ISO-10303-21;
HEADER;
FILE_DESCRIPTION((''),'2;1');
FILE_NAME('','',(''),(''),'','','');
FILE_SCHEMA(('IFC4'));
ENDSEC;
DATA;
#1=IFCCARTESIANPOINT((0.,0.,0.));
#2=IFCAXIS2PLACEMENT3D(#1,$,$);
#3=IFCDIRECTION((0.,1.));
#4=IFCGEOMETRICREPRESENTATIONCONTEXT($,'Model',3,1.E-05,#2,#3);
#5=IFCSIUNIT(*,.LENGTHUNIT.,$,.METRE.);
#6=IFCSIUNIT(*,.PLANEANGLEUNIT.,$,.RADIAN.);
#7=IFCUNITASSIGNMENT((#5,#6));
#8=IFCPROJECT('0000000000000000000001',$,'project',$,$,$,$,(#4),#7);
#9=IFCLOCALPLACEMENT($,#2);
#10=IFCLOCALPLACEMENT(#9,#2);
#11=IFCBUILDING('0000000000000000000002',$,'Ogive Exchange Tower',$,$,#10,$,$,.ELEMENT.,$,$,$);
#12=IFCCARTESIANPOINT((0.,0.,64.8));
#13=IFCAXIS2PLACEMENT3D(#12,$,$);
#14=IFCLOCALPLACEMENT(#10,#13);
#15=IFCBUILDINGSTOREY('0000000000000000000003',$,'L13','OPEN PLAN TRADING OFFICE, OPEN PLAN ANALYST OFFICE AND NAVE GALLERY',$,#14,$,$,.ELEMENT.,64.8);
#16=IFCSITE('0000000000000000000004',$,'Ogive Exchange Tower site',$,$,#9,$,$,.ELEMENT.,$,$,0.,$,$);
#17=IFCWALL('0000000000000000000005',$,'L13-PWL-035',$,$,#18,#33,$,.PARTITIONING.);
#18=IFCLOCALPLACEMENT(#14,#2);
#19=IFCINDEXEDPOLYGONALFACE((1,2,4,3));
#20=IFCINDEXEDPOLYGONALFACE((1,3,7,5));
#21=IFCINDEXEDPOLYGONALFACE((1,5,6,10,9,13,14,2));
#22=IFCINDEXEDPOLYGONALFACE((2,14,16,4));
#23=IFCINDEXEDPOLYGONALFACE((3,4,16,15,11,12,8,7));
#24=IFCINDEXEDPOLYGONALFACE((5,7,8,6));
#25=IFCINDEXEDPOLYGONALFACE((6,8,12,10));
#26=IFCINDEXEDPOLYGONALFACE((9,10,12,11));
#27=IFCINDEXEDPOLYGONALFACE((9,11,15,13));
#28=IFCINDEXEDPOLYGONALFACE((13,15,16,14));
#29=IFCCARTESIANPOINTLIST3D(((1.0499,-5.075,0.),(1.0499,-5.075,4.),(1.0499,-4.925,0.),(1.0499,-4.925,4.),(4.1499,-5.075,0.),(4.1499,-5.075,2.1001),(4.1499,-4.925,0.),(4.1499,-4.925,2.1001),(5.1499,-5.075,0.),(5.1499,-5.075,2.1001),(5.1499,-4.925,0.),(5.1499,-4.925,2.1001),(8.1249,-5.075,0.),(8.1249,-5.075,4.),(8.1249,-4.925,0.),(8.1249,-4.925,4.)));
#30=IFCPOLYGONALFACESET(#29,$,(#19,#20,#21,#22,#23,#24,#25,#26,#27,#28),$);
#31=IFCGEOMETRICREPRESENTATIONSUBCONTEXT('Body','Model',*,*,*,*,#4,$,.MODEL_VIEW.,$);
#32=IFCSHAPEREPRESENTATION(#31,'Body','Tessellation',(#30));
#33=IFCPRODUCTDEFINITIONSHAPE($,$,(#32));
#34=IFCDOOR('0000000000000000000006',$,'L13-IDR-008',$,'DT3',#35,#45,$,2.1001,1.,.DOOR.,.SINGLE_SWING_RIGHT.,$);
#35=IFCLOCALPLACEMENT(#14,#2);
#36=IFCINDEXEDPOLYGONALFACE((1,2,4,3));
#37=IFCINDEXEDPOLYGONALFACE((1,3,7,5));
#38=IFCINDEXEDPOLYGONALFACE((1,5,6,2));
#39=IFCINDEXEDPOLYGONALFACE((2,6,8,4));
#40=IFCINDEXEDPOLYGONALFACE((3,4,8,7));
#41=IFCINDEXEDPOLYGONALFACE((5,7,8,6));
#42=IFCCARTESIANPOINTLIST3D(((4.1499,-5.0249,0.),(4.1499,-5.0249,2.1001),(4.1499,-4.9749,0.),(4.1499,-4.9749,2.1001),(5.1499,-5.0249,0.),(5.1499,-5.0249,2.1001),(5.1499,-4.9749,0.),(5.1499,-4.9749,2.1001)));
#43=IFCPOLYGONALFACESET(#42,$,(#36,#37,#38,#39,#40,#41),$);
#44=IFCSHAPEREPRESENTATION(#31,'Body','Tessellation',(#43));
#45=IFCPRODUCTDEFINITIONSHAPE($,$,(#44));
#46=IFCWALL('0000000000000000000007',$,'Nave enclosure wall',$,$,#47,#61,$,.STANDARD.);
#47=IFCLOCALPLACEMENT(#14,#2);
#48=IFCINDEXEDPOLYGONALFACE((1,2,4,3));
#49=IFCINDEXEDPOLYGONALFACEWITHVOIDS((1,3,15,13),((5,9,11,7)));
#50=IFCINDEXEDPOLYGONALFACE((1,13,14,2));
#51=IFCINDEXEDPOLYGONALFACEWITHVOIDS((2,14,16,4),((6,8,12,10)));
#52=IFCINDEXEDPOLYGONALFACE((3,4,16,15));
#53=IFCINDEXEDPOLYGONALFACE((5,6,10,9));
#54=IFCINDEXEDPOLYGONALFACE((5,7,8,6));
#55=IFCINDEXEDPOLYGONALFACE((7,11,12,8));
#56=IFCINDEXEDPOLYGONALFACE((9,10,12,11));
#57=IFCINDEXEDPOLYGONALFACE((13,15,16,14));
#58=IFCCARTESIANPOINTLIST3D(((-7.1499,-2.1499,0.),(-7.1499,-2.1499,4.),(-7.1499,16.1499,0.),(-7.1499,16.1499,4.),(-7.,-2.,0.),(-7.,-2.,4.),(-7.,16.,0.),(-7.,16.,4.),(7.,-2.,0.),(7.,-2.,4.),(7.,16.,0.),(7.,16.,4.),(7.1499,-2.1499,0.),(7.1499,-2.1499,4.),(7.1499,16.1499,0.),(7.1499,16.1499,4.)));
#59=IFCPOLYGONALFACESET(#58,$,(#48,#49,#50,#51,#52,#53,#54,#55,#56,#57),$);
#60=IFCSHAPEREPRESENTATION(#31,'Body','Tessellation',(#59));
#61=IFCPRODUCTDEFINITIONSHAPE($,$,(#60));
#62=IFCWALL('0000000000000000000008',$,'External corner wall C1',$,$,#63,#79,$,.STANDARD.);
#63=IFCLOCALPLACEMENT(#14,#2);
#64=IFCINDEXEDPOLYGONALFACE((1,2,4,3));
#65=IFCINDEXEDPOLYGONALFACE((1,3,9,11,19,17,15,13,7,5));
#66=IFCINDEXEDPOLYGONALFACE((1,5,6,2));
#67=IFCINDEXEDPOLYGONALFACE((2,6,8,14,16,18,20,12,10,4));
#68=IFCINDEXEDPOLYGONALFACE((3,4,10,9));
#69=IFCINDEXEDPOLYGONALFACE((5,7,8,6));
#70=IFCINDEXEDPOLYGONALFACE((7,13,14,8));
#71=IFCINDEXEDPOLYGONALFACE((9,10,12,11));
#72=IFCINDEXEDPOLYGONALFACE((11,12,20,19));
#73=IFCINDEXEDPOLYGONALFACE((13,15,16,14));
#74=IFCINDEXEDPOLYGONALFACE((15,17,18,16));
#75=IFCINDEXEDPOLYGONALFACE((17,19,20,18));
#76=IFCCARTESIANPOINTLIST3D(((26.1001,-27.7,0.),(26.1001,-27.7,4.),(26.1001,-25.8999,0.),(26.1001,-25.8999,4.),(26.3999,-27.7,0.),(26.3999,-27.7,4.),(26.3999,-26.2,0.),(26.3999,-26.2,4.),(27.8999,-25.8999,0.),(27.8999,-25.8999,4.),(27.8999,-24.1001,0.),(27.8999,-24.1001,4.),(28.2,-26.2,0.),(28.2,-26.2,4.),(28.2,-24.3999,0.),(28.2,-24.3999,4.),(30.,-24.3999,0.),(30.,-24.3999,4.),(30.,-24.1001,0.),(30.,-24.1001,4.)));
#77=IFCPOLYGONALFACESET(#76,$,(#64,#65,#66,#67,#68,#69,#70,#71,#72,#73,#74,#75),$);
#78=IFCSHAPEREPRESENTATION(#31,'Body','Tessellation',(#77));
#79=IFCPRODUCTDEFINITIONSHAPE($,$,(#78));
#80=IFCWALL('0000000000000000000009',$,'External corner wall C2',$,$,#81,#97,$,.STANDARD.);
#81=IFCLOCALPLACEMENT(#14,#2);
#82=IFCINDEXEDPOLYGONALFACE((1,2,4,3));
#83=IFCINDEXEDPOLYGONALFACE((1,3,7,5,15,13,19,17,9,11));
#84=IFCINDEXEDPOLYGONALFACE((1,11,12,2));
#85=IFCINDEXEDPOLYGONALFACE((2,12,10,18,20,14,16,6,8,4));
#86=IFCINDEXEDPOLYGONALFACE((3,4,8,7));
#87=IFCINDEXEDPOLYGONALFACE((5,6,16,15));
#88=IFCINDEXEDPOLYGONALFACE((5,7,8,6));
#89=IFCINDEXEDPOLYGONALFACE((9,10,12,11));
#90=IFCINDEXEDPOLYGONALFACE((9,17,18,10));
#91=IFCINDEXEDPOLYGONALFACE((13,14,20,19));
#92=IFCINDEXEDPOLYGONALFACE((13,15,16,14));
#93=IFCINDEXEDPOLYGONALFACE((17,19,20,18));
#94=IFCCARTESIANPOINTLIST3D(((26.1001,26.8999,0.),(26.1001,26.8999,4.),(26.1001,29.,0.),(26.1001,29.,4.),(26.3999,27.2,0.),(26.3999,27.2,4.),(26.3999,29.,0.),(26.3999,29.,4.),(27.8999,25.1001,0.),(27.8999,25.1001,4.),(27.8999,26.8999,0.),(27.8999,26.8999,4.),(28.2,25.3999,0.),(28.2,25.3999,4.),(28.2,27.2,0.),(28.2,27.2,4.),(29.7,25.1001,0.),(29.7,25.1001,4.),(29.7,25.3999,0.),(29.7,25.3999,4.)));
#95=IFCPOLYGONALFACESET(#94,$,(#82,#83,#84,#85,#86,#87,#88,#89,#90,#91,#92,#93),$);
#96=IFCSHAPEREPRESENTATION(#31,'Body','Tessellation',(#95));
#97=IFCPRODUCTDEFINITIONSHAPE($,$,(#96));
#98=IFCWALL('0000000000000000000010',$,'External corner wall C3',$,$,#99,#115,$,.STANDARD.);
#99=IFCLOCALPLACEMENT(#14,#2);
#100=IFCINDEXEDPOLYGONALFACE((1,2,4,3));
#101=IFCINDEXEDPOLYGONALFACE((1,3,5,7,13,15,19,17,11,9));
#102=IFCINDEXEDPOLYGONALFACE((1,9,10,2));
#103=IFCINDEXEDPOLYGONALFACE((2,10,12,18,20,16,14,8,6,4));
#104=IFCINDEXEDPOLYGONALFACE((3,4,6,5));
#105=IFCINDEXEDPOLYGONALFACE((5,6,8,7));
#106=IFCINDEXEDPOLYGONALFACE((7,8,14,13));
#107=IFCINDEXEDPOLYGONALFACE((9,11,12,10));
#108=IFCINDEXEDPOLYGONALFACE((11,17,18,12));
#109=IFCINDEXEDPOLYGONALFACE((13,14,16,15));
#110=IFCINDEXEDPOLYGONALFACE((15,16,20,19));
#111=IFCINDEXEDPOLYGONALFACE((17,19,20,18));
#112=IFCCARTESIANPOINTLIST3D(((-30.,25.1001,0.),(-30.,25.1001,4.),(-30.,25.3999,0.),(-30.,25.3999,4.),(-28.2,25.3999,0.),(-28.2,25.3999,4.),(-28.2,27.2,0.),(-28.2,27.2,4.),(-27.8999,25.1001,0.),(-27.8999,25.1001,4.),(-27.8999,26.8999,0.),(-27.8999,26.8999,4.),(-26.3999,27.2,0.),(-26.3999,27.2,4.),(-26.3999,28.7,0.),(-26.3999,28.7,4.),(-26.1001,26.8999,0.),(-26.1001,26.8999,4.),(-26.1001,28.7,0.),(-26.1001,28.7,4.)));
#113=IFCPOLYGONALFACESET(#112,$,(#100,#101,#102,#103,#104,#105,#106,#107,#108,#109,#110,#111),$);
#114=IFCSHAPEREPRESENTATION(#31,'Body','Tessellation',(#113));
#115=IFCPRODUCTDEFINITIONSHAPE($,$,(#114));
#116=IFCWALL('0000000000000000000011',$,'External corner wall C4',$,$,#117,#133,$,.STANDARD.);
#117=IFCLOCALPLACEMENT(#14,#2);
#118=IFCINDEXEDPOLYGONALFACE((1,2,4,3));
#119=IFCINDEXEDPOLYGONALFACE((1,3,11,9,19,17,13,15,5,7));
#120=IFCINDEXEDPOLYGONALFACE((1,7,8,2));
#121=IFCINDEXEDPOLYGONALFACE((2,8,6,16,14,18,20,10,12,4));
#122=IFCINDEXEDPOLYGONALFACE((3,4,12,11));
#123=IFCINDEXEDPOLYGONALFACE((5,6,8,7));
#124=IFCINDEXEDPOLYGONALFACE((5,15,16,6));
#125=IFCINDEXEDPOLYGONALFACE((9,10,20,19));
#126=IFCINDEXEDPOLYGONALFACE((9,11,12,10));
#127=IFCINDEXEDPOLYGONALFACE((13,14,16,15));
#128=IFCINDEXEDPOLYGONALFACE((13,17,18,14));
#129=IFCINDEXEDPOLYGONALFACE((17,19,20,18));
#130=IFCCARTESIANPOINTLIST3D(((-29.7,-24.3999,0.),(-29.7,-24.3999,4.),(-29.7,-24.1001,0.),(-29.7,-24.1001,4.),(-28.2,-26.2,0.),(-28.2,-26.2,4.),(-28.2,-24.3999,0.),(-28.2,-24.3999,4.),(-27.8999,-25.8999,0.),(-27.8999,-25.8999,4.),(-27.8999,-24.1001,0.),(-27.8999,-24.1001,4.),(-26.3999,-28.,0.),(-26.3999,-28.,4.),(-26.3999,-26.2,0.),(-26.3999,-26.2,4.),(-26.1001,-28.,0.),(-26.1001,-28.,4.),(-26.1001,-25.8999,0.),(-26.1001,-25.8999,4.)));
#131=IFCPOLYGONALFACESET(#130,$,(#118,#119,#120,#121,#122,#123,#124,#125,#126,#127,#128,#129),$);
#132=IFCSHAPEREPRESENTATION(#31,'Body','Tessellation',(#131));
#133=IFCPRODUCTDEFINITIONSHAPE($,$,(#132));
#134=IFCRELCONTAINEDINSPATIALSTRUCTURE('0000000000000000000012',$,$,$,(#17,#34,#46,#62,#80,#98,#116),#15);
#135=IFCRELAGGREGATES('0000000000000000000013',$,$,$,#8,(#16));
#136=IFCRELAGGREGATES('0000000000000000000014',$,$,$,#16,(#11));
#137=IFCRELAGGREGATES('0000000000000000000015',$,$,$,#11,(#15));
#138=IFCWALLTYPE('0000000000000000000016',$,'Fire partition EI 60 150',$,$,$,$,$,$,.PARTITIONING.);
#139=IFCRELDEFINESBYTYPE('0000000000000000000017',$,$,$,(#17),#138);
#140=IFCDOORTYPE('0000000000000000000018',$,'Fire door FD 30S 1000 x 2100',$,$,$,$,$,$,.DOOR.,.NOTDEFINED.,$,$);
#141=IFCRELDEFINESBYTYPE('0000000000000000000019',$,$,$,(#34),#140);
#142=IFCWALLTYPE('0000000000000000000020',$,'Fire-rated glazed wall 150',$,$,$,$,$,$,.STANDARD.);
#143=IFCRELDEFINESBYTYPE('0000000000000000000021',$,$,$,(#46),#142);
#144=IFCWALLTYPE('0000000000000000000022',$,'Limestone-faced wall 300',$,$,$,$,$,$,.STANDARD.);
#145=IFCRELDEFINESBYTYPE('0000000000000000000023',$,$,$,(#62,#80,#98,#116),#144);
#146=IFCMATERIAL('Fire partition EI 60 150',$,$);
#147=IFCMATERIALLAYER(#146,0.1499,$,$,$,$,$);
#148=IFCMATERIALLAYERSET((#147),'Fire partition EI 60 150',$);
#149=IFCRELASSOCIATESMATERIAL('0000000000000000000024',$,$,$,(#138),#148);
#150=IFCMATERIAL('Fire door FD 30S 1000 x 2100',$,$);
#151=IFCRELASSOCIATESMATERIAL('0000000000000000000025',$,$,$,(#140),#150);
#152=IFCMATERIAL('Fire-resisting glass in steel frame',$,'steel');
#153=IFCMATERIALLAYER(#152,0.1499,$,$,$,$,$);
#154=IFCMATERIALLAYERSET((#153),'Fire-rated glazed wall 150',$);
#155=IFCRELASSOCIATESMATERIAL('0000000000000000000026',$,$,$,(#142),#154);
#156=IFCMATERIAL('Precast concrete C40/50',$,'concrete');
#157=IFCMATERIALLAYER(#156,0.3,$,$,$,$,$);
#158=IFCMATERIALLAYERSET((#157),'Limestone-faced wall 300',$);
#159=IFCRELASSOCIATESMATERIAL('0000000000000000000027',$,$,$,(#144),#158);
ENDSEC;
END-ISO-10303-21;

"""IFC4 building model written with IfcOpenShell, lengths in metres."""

from ifc_helpers import new_model, si_unit, direction, frame, frame_2d, origin, place, context, subcontext, project, spatial, polyline, rectangle, outline, extrude, material, layer, layer_set, type_object, element, fill, save


model = new_model("IFC4")

# Units and contexts
model_context = context("Model", 3, precision=1e-05, world=origin(), true_north=direction((0.0, 1.0)))
body_context = subcontext(model_context, "Body", "Model", "MODEL_VIEW")
ifc_project = project(units=[si_unit("LENGTHUNIT", "METRE"), si_unit("PLANEANGLEUNIT", "RADIAN")], contexts=[model_context])

# Site, building, storey
site_placement = place(None, origin())
site = spatial("IfcSite", under=ifc_project, at=site_placement, Name="Ogive Exchange Tower site", CompositionType="ELEMENT", RefElevation=0.0)
building_placement = place(site_placement, origin())
building = spatial("IfcBuilding", under=site, at=building_placement, Name="Ogive Exchange Tower", CompositionType="ELEMENT")
storey_placement = place(building_placement, frame((0.0, 0.0, 64.8)))
storey = spatial("IfcBuildingStorey", under=building, at=storey_placement, Name="L13", Description="OPEN PLAN TRADING OFFICE, OPEN PLAN ANALYST OFFICE AND NAVE GALLERY", CompositionType="ELEMENT", Elevation=64.8)

# Shared definitions
ifc_material_1 = material(Name="Fire partition EI 60 150")
ifc_layer_1 = layer(ifc_material_1, 0.1499)
ifc_layer_set_1 = layer_set([ifc_layer_1], Name="Fire partition EI 60 150")
wall_type_1 = type_object("IfcWallType", Name="Fire partition EI 60 150", PredefinedType="PARTITIONING", material=ifc_layer_set_1)

# Wall, opening, door
wall_1_placement = place(storey_placement, frame((8.125, -5.0, 0.0), z_axis=(0.0, 0.0, 1.0), x_axis=(-1.0, 0.0, 0.0)))
wall_1 = element("IfcWall", 1, at=wall_1_placement, inside=storey, type_object=wall_type_1, Name="L13-PWL-035", PredefinedType="PARTITIONING", context=body_context, shape_type="SweptSolid", body=[
    extrude(rectangle(XDim=7.075, YDim=0.1499, at=frame_2d((3.5376, 0.0))), origin(), (0.0, 0.0, 1.0), 4.0),
])
opening_1_placement = place(wall_1_placement, frame((2.9751, 0.0, 0.0)))
opening_1 = element("IfcOpeningElement", 2, at=opening_1_placement, cuts=wall_1, PredefinedType="OPENING", context=body_context, shape_type="SweptSolid", body=[
    extrude(rectangle(XDim=1.0, YDim=2.1001, at=frame_2d((0.5, 1.05))), frame((0.0, 0.085, 0.0), z_axis=(0.0, -1.0, 0.0), x_axis=(1.0, 0.0, 0.0)), (0.0, 0.0, 1.0), 0.1699),
])
ifc_material_2 = material(Name="Fire door FD 30S 1000 x 2100")
door_type_1 = type_object("IfcDoorType", Name="Fire door FD 30S 1000 x 2100", OperationType="NOTDEFINED", PredefinedType="DOOR", material=ifc_material_2)
door_1_placement = place(opening_1_placement, origin())
door_1 = element("IfcDoor", 3, at=door_1_placement, inside=storey, type_object=door_type_1, Name="L13-IDR-008", ObjectType="DT3", OperationType="SINGLE_SWING_RIGHT", OverallHeight=2.1001, OverallWidth=1.0, PredefinedType="DOOR", context=body_context, shape_type="SweptSolid", body=[
    extrude(rectangle(XDim=1.0, YDim=2.1001, at=frame_2d((0.5, 1.05))), frame((0.0, 0.0249, 0.0), z_axis=(0.0, -1.0, 0.0), x_axis=(1.0, 0.0, 0.0)), (0.0, 0.0, 1.0), 0.05),
])
fill(opening_1, door_1)

# Walls
ifc_material_3 = material(Name="Fire-resisting glass in steel frame", Category="steel")
ifc_layer_2 = layer(ifc_material_3, 0.1499)
ifc_layer_set_2 = layer_set([ifc_layer_2], Name="Fire-rated glazed wall 150")
wall_type_2 = type_object("IfcWallType", Name="Fire-rated glazed wall 150", PredefinedType="STANDARD", material=ifc_layer_set_2)
wall_2_placement = place(storey_placement, origin())
element("IfcWall", 4, at=wall_2_placement, inside=storey, type_object=wall_type_2, Name="Nave enclosure wall", PredefinedType="STANDARD", context=body_context, shape_type="SweptSolid", body=[
    extrude(outline(polyline([(-7.1499, -2.1499), (7.1499, -2.1499), (7.1499, 16.1499), (-7.1499, 16.1499), (-7.1499, -2.1499)]), holes=[polyline([(-7.0, -2.0), (-7.0, 16.0), (7.0, 16.0), (7.0, -2.0), (-7.0, -2.0)])]), origin(), (0.0, 0.0, 1.0), 4.0),
])
ifc_material_4 = material(Name="Precast concrete C40/50", Category="concrete")
ifc_layer_3 = layer(ifc_material_4, 0.3)
ifc_layer_set_3 = layer_set([ifc_layer_3], Name="Limestone-faced wall 300")
wall_type_3 = type_object("IfcWallType", Name="Limestone-faced wall 300", PredefinedType="STANDARD", material=ifc_layer_set_3)
wall_3_placement = place(storey_placement, origin())
element("IfcWall", 5, at=wall_3_placement, inside=storey, type_object=wall_type_3, Name="External corner wall C1", PredefinedType="STANDARD", context=body_context, shape_type="SweptSolid", body=[
    extrude(outline(polyline([(27.8999, -25.8999), (27.8999, -24.1001), (30.0, -24.1001), (30.0, -24.3999), (28.2, -24.3999), (28.2, -26.2), (26.3999, -26.2), (26.3999, -27.7), (26.1001, -27.7), (26.1001, -25.8999), (27.8999, -25.8999)])), origin(), (0.0, 0.0, 1.0), 4.0),
])
wall_4_placement = place(storey_placement, origin())
element("IfcWall", 6, at=wall_4_placement, inside=storey, type_object=wall_type_3, Name="External corner wall C2", PredefinedType="STANDARD", context=body_context, shape_type="SweptSolid", body=[
    extrude(outline(polyline([(27.8999, 26.8999), (26.1001, 26.8999), (26.1001, 29.0), (26.3999, 29.0), (26.3999, 27.2), (28.2, 27.2), (28.2, 25.3999), (29.7, 25.3999), (29.7, 25.1001), (27.8999, 25.1001), (27.8999, 26.8999)])), origin(), (0.0, 0.0, 1.0), 4.0),
])
wall_5_placement = place(storey_placement, origin())
element("IfcWall", 7, at=wall_5_placement, inside=storey, type_object=wall_type_3, Name="External corner wall C3", PredefinedType="STANDARD", context=body_context, shape_type="SweptSolid", body=[
    extrude(outline(polyline([(-28.2, 25.3999), (-28.2, 27.2), (-26.3999, 27.2), (-26.3999, 28.7), (-26.1001, 28.7), (-26.1001, 26.8999), (-27.8999, 26.8999), (-27.8999, 25.1001), (-30.0, 25.1001), (-30.0, 25.3999), (-28.2, 25.3999)])), origin(), (0.0, 0.0, 1.0), 4.0),
])
wall_6_placement = place(storey_placement, origin())
element("IfcWall", 8, at=wall_6_placement, inside=storey, type_object=wall_type_3, Name="External corner wall C4", PredefinedType="STANDARD", context=body_context, shape_type="SweptSolid", body=[
    extrude(outline(polyline([(-26.3999, -26.2), (-28.2, -26.2), (-28.2, -24.3999), (-29.7, -24.3999), (-29.7, -24.1001), (-27.8999, -24.1001), (-27.8999, -25.8999), (-26.1001, -25.8999), (-26.1001, -28.0), (-26.3999, -28.0), (-26.3999, -26.2)])), origin(), (0.0, 0.0, 1.0), 4.0),
])

save(model, "model.ifc")
